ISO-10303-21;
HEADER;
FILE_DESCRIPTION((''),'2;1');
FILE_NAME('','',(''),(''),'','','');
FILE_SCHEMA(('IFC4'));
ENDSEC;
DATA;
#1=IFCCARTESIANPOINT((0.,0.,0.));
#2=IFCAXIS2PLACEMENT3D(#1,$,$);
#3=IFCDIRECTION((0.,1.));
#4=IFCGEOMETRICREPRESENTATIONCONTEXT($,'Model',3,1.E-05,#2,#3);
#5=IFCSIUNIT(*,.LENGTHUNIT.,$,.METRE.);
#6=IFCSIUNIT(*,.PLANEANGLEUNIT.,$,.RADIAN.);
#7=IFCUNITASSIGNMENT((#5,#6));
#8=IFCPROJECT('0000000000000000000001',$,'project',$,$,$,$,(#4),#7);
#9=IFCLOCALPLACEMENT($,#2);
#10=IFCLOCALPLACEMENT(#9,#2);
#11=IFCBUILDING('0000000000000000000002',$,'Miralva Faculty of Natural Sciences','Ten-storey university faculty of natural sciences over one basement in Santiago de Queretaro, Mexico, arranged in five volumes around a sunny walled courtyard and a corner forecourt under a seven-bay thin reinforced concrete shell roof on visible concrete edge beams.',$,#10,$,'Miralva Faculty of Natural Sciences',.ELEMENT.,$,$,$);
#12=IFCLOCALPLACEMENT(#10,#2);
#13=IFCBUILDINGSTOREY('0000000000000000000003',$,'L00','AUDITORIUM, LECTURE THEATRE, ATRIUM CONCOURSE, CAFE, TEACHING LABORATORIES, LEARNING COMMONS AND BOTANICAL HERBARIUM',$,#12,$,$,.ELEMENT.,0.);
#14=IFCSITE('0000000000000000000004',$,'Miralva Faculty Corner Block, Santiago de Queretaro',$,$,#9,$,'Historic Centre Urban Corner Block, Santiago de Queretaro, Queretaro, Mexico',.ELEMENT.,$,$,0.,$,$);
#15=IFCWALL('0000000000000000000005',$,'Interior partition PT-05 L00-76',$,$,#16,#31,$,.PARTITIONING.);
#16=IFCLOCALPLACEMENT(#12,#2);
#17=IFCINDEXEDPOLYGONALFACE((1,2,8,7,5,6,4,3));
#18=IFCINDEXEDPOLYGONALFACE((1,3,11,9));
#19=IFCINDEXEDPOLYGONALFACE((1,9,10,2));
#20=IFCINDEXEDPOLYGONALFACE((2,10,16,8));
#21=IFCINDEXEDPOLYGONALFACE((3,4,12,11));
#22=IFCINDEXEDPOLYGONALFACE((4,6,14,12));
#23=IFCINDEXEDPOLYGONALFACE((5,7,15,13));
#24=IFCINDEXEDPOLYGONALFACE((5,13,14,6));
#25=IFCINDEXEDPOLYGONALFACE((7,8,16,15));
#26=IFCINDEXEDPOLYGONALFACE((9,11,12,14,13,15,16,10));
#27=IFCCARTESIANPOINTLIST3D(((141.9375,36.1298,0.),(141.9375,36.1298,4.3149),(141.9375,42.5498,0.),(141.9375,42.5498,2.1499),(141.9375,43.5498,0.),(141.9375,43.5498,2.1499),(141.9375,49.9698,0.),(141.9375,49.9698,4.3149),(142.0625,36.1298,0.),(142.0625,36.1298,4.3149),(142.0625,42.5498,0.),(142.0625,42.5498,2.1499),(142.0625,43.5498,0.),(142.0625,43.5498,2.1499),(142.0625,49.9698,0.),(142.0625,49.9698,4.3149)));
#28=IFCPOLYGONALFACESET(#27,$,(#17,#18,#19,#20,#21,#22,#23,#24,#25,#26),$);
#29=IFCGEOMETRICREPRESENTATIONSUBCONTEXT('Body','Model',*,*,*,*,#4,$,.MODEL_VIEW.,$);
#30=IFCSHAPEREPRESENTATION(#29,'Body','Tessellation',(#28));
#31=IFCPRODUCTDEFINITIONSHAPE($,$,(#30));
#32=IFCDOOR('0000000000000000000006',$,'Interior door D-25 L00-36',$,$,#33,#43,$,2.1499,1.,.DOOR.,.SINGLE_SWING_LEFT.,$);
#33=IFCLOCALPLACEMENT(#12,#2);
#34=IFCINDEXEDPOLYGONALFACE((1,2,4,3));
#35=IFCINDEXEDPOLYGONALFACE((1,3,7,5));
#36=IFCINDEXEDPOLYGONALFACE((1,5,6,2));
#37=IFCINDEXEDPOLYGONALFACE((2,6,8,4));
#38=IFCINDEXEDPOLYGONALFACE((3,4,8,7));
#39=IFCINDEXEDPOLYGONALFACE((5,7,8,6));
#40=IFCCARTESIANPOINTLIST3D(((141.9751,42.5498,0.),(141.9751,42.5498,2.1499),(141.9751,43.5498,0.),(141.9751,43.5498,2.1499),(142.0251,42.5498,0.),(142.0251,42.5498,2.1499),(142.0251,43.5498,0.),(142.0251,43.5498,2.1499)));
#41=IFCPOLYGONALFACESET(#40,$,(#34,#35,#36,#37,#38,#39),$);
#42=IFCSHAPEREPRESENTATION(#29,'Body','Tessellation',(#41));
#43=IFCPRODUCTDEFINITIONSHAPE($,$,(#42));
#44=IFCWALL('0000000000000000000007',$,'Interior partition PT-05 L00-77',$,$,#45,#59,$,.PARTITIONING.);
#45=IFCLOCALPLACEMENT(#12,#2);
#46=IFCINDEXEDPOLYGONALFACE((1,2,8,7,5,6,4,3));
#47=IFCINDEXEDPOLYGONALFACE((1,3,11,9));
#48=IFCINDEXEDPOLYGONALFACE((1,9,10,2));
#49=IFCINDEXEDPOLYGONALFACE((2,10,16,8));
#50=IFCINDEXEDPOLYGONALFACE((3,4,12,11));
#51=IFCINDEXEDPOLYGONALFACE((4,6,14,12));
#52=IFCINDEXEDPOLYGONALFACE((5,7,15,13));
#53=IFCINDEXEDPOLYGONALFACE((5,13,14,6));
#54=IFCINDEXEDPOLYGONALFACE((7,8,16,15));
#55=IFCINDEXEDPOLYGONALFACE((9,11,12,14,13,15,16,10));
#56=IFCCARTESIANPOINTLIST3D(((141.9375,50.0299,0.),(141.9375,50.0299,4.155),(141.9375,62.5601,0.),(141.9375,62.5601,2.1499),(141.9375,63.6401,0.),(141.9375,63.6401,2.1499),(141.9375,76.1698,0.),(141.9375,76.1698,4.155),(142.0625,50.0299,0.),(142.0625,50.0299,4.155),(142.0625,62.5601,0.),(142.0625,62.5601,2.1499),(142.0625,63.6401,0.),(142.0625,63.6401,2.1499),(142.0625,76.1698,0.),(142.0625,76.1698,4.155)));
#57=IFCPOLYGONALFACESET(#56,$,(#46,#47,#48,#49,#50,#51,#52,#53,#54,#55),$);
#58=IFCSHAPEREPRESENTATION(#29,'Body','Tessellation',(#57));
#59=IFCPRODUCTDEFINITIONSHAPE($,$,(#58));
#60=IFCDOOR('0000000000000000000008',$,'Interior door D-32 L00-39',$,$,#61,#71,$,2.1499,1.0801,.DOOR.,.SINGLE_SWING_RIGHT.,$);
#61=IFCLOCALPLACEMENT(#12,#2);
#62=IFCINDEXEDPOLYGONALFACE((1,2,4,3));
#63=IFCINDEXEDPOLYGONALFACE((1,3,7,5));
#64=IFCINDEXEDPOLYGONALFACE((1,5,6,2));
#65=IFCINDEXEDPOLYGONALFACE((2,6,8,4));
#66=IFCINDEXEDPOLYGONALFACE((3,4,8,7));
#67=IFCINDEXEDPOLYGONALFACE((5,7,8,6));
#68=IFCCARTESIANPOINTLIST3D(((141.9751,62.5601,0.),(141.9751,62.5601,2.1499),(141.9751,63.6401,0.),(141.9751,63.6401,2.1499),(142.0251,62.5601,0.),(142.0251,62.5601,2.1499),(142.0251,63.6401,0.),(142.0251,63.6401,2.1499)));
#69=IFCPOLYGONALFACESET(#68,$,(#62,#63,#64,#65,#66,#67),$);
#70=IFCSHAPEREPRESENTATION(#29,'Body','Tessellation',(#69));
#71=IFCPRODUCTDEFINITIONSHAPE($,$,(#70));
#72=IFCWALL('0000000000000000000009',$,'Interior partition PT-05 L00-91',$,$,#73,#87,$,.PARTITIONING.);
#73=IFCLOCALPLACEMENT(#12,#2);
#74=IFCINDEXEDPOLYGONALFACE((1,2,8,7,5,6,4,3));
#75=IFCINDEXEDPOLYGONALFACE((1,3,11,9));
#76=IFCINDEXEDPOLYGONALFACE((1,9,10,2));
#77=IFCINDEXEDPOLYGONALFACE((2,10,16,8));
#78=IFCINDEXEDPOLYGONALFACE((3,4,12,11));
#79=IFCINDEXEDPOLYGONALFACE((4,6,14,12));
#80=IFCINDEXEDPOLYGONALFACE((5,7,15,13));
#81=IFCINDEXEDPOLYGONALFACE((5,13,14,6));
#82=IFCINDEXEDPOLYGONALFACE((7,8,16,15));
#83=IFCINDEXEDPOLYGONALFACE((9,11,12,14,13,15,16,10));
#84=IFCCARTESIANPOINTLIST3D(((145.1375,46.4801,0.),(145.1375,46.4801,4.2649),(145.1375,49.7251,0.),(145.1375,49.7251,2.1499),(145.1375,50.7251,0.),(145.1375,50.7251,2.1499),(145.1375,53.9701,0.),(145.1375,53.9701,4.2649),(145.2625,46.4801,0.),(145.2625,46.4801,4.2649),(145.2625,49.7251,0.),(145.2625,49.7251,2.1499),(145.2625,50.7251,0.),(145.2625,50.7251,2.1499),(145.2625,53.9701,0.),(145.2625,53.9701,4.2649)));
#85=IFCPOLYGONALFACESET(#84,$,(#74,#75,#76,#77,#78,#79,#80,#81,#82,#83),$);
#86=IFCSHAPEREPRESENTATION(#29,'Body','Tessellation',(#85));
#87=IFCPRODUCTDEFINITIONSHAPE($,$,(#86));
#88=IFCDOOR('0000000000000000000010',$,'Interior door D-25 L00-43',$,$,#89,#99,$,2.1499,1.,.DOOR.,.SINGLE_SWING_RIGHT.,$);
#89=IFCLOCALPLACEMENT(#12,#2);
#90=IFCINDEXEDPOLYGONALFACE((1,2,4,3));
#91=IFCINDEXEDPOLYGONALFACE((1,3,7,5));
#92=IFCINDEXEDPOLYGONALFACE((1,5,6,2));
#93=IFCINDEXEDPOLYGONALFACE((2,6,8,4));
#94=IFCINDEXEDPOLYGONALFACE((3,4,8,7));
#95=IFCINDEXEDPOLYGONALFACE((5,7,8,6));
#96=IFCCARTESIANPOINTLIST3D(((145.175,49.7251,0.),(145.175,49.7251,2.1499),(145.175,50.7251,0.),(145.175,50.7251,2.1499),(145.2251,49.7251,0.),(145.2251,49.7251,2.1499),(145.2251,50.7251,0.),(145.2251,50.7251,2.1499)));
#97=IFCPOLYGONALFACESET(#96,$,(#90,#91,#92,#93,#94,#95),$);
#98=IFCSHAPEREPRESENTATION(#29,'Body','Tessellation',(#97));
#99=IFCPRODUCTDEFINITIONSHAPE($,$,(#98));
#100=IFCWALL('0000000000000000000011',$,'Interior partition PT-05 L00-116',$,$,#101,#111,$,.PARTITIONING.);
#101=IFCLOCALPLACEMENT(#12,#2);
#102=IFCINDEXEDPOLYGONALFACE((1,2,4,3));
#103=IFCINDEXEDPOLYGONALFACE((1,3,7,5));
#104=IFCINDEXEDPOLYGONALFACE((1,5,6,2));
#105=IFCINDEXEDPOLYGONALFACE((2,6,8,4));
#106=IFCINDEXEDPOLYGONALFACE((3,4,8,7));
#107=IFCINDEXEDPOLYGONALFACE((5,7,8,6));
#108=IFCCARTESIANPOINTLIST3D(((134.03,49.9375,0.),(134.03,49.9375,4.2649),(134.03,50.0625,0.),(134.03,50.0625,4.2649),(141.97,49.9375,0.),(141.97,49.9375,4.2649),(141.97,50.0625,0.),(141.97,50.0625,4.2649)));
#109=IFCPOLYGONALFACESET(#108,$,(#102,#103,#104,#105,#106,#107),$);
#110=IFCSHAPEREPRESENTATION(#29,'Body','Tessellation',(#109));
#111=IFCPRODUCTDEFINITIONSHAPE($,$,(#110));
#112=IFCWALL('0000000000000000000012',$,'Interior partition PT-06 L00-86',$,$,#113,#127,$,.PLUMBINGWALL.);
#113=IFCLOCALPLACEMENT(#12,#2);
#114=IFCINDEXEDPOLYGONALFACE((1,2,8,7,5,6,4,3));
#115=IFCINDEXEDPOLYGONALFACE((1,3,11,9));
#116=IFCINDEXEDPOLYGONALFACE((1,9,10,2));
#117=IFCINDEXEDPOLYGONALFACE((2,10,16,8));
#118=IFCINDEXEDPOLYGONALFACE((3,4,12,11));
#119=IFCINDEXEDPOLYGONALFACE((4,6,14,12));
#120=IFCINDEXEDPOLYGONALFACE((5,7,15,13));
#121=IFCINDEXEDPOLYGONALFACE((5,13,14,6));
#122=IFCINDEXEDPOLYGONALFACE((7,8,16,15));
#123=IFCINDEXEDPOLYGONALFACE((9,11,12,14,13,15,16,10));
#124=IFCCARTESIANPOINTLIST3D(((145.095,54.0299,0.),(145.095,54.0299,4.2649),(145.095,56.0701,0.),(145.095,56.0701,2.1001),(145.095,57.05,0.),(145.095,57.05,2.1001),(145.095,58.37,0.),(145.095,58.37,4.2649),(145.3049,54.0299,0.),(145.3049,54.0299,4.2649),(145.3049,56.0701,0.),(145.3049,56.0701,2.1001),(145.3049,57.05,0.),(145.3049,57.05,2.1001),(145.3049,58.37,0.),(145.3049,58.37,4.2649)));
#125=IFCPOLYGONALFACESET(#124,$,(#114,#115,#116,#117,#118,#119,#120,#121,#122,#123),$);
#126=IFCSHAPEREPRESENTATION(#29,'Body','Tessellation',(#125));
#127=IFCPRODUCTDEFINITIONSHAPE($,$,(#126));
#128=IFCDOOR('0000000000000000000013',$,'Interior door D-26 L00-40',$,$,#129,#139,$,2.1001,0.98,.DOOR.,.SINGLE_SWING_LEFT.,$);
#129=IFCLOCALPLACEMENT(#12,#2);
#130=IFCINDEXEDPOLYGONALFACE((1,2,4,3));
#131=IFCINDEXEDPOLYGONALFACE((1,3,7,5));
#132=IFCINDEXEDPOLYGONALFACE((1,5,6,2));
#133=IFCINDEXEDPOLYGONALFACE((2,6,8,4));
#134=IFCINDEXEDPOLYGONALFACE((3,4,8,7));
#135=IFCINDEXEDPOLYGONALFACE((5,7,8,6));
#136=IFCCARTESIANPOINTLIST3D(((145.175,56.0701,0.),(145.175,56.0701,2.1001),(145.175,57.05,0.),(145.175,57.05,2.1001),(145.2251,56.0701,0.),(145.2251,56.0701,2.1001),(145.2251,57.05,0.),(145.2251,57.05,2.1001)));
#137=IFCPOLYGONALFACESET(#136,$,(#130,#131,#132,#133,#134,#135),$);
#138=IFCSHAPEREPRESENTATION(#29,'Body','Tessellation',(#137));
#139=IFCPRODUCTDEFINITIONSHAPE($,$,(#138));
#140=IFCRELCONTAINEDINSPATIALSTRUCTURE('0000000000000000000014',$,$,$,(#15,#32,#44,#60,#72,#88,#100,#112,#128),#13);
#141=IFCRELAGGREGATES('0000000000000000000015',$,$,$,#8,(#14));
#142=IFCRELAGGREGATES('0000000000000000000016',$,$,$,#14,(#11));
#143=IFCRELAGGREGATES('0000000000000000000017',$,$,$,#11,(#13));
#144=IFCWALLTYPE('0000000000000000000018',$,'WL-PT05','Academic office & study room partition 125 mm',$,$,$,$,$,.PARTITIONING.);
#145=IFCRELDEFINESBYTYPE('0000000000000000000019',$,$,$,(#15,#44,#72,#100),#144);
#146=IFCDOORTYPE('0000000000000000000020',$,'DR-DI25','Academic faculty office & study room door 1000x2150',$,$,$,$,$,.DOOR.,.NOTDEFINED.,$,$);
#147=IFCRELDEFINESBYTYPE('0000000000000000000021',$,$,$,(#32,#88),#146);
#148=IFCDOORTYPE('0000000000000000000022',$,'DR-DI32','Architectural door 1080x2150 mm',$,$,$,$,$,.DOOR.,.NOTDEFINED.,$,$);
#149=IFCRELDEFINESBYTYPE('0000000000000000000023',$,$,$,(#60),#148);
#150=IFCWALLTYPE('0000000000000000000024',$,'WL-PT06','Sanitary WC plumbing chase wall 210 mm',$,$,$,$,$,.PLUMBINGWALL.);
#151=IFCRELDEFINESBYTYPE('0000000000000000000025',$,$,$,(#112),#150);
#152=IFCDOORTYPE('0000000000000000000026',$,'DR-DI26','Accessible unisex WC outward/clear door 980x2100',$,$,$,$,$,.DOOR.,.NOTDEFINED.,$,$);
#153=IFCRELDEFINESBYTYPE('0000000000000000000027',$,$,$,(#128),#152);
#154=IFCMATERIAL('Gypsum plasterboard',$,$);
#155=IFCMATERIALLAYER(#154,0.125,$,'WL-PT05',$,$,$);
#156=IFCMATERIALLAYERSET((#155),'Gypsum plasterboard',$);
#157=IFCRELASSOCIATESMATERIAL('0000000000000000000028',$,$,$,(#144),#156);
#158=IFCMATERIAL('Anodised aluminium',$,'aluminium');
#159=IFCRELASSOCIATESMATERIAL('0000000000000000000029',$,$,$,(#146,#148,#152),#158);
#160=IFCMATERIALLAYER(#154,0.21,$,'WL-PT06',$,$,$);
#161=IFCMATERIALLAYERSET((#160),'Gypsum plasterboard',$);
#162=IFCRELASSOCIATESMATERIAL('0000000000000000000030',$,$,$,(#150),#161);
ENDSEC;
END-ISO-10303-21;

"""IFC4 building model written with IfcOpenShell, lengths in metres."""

from ifc_helpers import new_model, si_unit, direction, frame, frame_2d, origin, place, context, subcontext, project, spatial, rectangle, extrude, material, layer, layer_set, type_object, element, fill, save


model = new_model("IFC4")

# Units and contexts
model_context = context("Model", 3, precision=1e-05, world=origin(), true_north=direction((0.0, 1.0)))
body_context = subcontext(model_context, "Body", "Model", "MODEL_VIEW")
ifc_project = project(units=[si_unit("LENGTHUNIT", "METRE"), si_unit("PLANEANGLEUNIT", "RADIAN")], contexts=[model_context])

# Site, building, storey
site_placement = place(None, origin())
site = spatial("IfcSite", under=ifc_project, at=site_placement, Name="Miralva Faculty Corner Block, Santiago de Queretaro", LongName="Historic Centre Urban Corner Block, Santiago de Queretaro, Queretaro, Mexico", CompositionType="ELEMENT", RefElevation=0.0)
building_placement = place(site_placement, origin())
building = spatial("IfcBuilding", under=site, at=building_placement, Name="Miralva Faculty of Natural Sciences", Description="Ten-storey university faculty of natural sciences over one basement in Santiago de Queretaro, Mexico, arranged in five volumes around a sunny walled courtyard and a corner forecourt under a seven-bay thin reinforced concrete shell roof on visible concrete edge beams.", LongName="Miralva Faculty of Natural Sciences", CompositionType="ELEMENT")
storey_placement = place(building_placement, origin())
storey = spatial("IfcBuildingStorey", under=building, at=storey_placement, Name="L00", Description="AUDITORIUM, LECTURE THEATRE, ATRIUM CONCOURSE, CAFE, TEACHING LABORATORIES, LEARNING COMMONS AND BOTANICAL HERBARIUM", CompositionType="ELEMENT", Elevation=0.0)

# Shared definitions
ifc_material_1 = material(Name="Anodised aluminium", Category="aluminium")

# Shared definitions
ifc_material_2 = material(Name="Gypsum plasterboard")

# Walls, openings, doors
ifc_layer_1 = layer(ifc_material_2, 0.125, Name="WL-PT05")
ifc_layer_set_1 = layer_set([ifc_layer_1], Name="Gypsum plasterboard")
wall_type_1 = type_object("IfcWallType", Name="WL-PT05", Description="Academic office & study room partition 125 mm", PredefinedType="PARTITIONING", material=ifc_layer_set_1)
wall_1_placement = place(storey_placement, frame((142.0, 36.1299, 0.0), z_axis=(0.0, 0.0, 1.0), x_axis=(0.0, 1.0, 0.0)))
wall_1 = element("IfcWall", 1, at=wall_1_placement, inside=storey, type_object=wall_type_1, Name="Interior partition PT-05 L00-76", PredefinedType="PARTITIONING", context=body_context, shape_type="SweptSolid", body=[
    extrude(rectangle(XDim=13.8401, YDim=0.125, at=frame_2d((6.9199, 0.0))), origin(), (0.0, 0.0, 1.0), 4.3149),
])
opening_1_placement = place(wall_1_placement, frame((6.4199, 0.0, 0.0)))
opening_1 = element("IfcOpeningElement", 2, at=opening_1_placement, cuts=wall_1, PredefinedType="OPENING", context=body_context, shape_type="SweptSolid", body=[
    extrude(rectangle(XDim=1.0, YDim=2.1499, at=frame_2d((0.5, 1.075))), frame((0.0, 0.0725, 0.0), z_axis=(0.0, -1.0, 0.0), x_axis=(1.0, 0.0, 0.0)), (0.0, 0.0, 1.0), 0.145),
])
door_type_1 = type_object("IfcDoorType", Name="DR-DI25", Description="Academic faculty office & study room door 1000x2150", OperationType="NOTDEFINED", PredefinedType="DOOR", material=ifc_material_1)
door_1_placement = place(opening_1_placement, origin())
door_1 = element("IfcDoor", 3, at=door_1_placement, inside=storey, type_object=door_type_1, Name="Interior door D-25 L00-36", OperationType="SINGLE_SWING_LEFT", OverallHeight=2.1499, OverallWidth=1.0, PredefinedType="DOOR", context=body_context, shape_type="SweptSolid", body=[
    extrude(rectangle(XDim=1.0, YDim=2.1499, at=frame_2d((0.5, 1.075))), frame((0.0, 0.0249, 0.0), z_axis=(0.0, -1.0, 0.0), x_axis=(1.0, 0.0, 0.0)), (0.0, 0.0, 1.0), 0.05),
])
fill(opening_1, door_1)
wall_2_placement = place(storey_placement, frame((142.0, 50.03, 0.0), z_axis=(0.0, 0.0, 1.0), x_axis=(0.0, 1.0, 0.0)))
wall_2 = element("IfcWall", 4, at=wall_2_placement, inside=storey, type_object=wall_type_1, Name="Interior partition PT-05 L00-77", PredefinedType="PARTITIONING", context=body_context, shape_type="SweptSolid", body=[
    extrude(rectangle(XDim=26.1399, YDim=0.125, at=frame_2d((13.0698, 0.0))), origin(), (0.0, 0.0, 1.0), 4.155),
])
opening_2_placement = place(wall_2_placement, frame((12.53, 0.0, 0.0)))
opening_2 = element("IfcOpeningElement", 5, at=opening_2_placement, cuts=wall_2, PredefinedType="OPENING", context=body_context, shape_type="SweptSolid", body=[
    extrude(rectangle(XDim=1.0801, YDim=2.1499, at=frame_2d((0.54, 1.075))), frame((0.0, 0.0725, 0.0), z_axis=(0.0, -1.0, 0.0), x_axis=(1.0, 0.0, 0.0)), (0.0, 0.0, 1.0), 0.145),
])
door_type_2 = type_object("IfcDoorType", Name="DR-DI32", Description="Architectural door 1080x2150 mm", OperationType="NOTDEFINED", PredefinedType="DOOR", material=ifc_material_1)
door_2_placement = place(opening_2_placement, origin())
door_2 = element("IfcDoor", 6, at=door_2_placement, inside=storey, type_object=door_type_2, Name="Interior door D-32 L00-39", OperationType="SINGLE_SWING_RIGHT", OverallHeight=2.1499, OverallWidth=1.0801, PredefinedType="DOOR", context=body_context, shape_type="SweptSolid", body=[
    extrude(rectangle(XDim=1.0801, YDim=2.1499, at=frame_2d((0.54, 1.075))), frame((0.0, 0.0249, 0.0), z_axis=(0.0, -1.0, 0.0), x_axis=(1.0, 0.0, 0.0)), (0.0, 0.0, 1.0), 0.05),
])
fill(opening_2, door_2)
wall_3_placement = place(storey_placement, frame((145.2, 46.48, 0.0), z_axis=(0.0, 0.0, 1.0), x_axis=(0.0, 1.0, 0.0)))
wall_3 = element("IfcWall", 7, at=wall_3_placement, inside=storey, type_object=wall_type_1, Name="Interior partition PT-05 L00-91", PredefinedType="PARTITIONING", context=body_context, shape_type="SweptSolid", body=[
    extrude(rectangle(XDim=7.49, YDim=0.125, at=frame_2d((3.7451, 0.0))), origin(), (0.0, 0.0, 1.0), 4.2649),
])
opening_3_placement = place(wall_3_placement, frame((3.2451, 0.0, 0.0)))
opening_3 = element("IfcOpeningElement", 8, at=opening_3_placement, cuts=wall_3, PredefinedType="OPENING", context=body_context, shape_type="SweptSolid", body=[
    extrude(rectangle(XDim=1.0, YDim=2.1499, at=frame_2d((0.5, 1.075))), frame((0.0, 0.0725, 0.0), z_axis=(0.0, -1.0, 0.0), x_axis=(1.0, 0.0, 0.0)), (0.0, 0.0, 1.0), 0.145),
])
door_3_placement = place(opening_3_placement, origin())
door_3 = element("IfcDoor", 9, at=door_3_placement, inside=storey, type_object=door_type_1, Name="Interior door D-25 L00-43", OperationType="SINGLE_SWING_RIGHT", OverallHeight=2.1499, OverallWidth=1.0, PredefinedType="DOOR", context=body_context, shape_type="SweptSolid", body=[
    extrude(rectangle(XDim=1.0, YDim=2.1499, at=frame_2d((0.5, 1.075))), frame((0.0, 0.0249, 0.0), z_axis=(0.0, -1.0, 0.0), x_axis=(1.0, 0.0, 0.0)), (0.0, 0.0, 1.0), 0.05),
])
fill(opening_3, door_3)

# Wall
wall_4_placement = place(storey_placement, frame((134.03, 50.0, 0.0), z_axis=(0.0, 0.0, 1.0), x_axis=(1.0, 0.0, 0.0)))
element("IfcWall", 10, at=wall_4_placement, inside=storey, type_object=wall_type_1, Name="Interior partition PT-05 L00-116", PredefinedType="PARTITIONING", context=body_context, shape_type="SweptSolid", body=[
    extrude(rectangle(XDim=7.9399, YDim=0.125, at=frame_2d((3.97, 0.0))), origin(), (0.0, 0.0, 1.0), 4.2649),
])

# Wall, opening, door
ifc_layer_2 = layer(ifc_material_2, 0.21, Name="WL-PT06")
ifc_layer_set_2 = layer_set([ifc_layer_2], Name="Gypsum plasterboard")
wall_type_2 = type_object("IfcWallType", Name="WL-PT06", Description="Sanitary WC plumbing chase wall 210 mm", PredefinedType="PLUMBINGWALL", material=ifc_layer_set_2)
wall_5_placement = place(storey_placement, frame((145.2, 54.03, 0.0), z_axis=(0.0, 0.0, 1.0), x_axis=(0.0, 1.0, 0.0)))
wall_5 = element("IfcWall", 11, at=wall_5_placement, inside=storey, type_object=wall_type_2, Name="Interior partition PT-06 L00-86", PredefinedType="PLUMBINGWALL", context=body_context, shape_type="SweptSolid", body=[
    extrude(rectangle(XDim=4.3401, YDim=0.21, at=frame_2d((2.1699, 0.0))), origin(), (0.0, 0.0, 1.0), 4.2649),
])
opening_4_placement = place(wall_5_placement, frame((2.04, 0.0, 0.0)))
opening_4 = element("IfcOpeningElement", 12, at=opening_4_placement, cuts=wall_5, PredefinedType="OPENING", context=body_context, shape_type="SweptSolid", body=[
    extrude(rectangle(XDim=0.98, YDim=2.1001, at=frame_2d((0.49, 1.05))), frame((0.0, 0.115, 0.0), z_axis=(0.0, -1.0, 0.0), x_axis=(1.0, 0.0, 0.0)), (0.0, 0.0, 1.0), 0.23),
])
door_type_3 = type_object("IfcDoorType", Name="DR-DI26", Description="Accessible unisex WC outward/clear door 980x2100", OperationType="NOTDEFINED", PredefinedType="DOOR", material=ifc_material_1)
door_4_placement = place(opening_4_placement, origin())
door_4 = element("IfcDoor", 13, at=door_4_placement, inside=storey, type_object=door_type_3, Name="Interior door D-26 L00-40", OperationType="SINGLE_SWING_LEFT", OverallHeight=2.1001, OverallWidth=0.98, PredefinedType="DOOR", context=body_context, shape_type="SweptSolid", body=[
    extrude(rectangle(XDim=0.98, YDim=2.1001, at=frame_2d((0.49, 1.05))), frame((0.0, 0.0249, 0.0), z_axis=(0.0, -1.0, 0.0), x_axis=(1.0, 0.0, 0.0)), (0.0, 0.0, 1.0), 0.05),
])
fill(opening_4, door_4)

save(model, "model.ifc")
